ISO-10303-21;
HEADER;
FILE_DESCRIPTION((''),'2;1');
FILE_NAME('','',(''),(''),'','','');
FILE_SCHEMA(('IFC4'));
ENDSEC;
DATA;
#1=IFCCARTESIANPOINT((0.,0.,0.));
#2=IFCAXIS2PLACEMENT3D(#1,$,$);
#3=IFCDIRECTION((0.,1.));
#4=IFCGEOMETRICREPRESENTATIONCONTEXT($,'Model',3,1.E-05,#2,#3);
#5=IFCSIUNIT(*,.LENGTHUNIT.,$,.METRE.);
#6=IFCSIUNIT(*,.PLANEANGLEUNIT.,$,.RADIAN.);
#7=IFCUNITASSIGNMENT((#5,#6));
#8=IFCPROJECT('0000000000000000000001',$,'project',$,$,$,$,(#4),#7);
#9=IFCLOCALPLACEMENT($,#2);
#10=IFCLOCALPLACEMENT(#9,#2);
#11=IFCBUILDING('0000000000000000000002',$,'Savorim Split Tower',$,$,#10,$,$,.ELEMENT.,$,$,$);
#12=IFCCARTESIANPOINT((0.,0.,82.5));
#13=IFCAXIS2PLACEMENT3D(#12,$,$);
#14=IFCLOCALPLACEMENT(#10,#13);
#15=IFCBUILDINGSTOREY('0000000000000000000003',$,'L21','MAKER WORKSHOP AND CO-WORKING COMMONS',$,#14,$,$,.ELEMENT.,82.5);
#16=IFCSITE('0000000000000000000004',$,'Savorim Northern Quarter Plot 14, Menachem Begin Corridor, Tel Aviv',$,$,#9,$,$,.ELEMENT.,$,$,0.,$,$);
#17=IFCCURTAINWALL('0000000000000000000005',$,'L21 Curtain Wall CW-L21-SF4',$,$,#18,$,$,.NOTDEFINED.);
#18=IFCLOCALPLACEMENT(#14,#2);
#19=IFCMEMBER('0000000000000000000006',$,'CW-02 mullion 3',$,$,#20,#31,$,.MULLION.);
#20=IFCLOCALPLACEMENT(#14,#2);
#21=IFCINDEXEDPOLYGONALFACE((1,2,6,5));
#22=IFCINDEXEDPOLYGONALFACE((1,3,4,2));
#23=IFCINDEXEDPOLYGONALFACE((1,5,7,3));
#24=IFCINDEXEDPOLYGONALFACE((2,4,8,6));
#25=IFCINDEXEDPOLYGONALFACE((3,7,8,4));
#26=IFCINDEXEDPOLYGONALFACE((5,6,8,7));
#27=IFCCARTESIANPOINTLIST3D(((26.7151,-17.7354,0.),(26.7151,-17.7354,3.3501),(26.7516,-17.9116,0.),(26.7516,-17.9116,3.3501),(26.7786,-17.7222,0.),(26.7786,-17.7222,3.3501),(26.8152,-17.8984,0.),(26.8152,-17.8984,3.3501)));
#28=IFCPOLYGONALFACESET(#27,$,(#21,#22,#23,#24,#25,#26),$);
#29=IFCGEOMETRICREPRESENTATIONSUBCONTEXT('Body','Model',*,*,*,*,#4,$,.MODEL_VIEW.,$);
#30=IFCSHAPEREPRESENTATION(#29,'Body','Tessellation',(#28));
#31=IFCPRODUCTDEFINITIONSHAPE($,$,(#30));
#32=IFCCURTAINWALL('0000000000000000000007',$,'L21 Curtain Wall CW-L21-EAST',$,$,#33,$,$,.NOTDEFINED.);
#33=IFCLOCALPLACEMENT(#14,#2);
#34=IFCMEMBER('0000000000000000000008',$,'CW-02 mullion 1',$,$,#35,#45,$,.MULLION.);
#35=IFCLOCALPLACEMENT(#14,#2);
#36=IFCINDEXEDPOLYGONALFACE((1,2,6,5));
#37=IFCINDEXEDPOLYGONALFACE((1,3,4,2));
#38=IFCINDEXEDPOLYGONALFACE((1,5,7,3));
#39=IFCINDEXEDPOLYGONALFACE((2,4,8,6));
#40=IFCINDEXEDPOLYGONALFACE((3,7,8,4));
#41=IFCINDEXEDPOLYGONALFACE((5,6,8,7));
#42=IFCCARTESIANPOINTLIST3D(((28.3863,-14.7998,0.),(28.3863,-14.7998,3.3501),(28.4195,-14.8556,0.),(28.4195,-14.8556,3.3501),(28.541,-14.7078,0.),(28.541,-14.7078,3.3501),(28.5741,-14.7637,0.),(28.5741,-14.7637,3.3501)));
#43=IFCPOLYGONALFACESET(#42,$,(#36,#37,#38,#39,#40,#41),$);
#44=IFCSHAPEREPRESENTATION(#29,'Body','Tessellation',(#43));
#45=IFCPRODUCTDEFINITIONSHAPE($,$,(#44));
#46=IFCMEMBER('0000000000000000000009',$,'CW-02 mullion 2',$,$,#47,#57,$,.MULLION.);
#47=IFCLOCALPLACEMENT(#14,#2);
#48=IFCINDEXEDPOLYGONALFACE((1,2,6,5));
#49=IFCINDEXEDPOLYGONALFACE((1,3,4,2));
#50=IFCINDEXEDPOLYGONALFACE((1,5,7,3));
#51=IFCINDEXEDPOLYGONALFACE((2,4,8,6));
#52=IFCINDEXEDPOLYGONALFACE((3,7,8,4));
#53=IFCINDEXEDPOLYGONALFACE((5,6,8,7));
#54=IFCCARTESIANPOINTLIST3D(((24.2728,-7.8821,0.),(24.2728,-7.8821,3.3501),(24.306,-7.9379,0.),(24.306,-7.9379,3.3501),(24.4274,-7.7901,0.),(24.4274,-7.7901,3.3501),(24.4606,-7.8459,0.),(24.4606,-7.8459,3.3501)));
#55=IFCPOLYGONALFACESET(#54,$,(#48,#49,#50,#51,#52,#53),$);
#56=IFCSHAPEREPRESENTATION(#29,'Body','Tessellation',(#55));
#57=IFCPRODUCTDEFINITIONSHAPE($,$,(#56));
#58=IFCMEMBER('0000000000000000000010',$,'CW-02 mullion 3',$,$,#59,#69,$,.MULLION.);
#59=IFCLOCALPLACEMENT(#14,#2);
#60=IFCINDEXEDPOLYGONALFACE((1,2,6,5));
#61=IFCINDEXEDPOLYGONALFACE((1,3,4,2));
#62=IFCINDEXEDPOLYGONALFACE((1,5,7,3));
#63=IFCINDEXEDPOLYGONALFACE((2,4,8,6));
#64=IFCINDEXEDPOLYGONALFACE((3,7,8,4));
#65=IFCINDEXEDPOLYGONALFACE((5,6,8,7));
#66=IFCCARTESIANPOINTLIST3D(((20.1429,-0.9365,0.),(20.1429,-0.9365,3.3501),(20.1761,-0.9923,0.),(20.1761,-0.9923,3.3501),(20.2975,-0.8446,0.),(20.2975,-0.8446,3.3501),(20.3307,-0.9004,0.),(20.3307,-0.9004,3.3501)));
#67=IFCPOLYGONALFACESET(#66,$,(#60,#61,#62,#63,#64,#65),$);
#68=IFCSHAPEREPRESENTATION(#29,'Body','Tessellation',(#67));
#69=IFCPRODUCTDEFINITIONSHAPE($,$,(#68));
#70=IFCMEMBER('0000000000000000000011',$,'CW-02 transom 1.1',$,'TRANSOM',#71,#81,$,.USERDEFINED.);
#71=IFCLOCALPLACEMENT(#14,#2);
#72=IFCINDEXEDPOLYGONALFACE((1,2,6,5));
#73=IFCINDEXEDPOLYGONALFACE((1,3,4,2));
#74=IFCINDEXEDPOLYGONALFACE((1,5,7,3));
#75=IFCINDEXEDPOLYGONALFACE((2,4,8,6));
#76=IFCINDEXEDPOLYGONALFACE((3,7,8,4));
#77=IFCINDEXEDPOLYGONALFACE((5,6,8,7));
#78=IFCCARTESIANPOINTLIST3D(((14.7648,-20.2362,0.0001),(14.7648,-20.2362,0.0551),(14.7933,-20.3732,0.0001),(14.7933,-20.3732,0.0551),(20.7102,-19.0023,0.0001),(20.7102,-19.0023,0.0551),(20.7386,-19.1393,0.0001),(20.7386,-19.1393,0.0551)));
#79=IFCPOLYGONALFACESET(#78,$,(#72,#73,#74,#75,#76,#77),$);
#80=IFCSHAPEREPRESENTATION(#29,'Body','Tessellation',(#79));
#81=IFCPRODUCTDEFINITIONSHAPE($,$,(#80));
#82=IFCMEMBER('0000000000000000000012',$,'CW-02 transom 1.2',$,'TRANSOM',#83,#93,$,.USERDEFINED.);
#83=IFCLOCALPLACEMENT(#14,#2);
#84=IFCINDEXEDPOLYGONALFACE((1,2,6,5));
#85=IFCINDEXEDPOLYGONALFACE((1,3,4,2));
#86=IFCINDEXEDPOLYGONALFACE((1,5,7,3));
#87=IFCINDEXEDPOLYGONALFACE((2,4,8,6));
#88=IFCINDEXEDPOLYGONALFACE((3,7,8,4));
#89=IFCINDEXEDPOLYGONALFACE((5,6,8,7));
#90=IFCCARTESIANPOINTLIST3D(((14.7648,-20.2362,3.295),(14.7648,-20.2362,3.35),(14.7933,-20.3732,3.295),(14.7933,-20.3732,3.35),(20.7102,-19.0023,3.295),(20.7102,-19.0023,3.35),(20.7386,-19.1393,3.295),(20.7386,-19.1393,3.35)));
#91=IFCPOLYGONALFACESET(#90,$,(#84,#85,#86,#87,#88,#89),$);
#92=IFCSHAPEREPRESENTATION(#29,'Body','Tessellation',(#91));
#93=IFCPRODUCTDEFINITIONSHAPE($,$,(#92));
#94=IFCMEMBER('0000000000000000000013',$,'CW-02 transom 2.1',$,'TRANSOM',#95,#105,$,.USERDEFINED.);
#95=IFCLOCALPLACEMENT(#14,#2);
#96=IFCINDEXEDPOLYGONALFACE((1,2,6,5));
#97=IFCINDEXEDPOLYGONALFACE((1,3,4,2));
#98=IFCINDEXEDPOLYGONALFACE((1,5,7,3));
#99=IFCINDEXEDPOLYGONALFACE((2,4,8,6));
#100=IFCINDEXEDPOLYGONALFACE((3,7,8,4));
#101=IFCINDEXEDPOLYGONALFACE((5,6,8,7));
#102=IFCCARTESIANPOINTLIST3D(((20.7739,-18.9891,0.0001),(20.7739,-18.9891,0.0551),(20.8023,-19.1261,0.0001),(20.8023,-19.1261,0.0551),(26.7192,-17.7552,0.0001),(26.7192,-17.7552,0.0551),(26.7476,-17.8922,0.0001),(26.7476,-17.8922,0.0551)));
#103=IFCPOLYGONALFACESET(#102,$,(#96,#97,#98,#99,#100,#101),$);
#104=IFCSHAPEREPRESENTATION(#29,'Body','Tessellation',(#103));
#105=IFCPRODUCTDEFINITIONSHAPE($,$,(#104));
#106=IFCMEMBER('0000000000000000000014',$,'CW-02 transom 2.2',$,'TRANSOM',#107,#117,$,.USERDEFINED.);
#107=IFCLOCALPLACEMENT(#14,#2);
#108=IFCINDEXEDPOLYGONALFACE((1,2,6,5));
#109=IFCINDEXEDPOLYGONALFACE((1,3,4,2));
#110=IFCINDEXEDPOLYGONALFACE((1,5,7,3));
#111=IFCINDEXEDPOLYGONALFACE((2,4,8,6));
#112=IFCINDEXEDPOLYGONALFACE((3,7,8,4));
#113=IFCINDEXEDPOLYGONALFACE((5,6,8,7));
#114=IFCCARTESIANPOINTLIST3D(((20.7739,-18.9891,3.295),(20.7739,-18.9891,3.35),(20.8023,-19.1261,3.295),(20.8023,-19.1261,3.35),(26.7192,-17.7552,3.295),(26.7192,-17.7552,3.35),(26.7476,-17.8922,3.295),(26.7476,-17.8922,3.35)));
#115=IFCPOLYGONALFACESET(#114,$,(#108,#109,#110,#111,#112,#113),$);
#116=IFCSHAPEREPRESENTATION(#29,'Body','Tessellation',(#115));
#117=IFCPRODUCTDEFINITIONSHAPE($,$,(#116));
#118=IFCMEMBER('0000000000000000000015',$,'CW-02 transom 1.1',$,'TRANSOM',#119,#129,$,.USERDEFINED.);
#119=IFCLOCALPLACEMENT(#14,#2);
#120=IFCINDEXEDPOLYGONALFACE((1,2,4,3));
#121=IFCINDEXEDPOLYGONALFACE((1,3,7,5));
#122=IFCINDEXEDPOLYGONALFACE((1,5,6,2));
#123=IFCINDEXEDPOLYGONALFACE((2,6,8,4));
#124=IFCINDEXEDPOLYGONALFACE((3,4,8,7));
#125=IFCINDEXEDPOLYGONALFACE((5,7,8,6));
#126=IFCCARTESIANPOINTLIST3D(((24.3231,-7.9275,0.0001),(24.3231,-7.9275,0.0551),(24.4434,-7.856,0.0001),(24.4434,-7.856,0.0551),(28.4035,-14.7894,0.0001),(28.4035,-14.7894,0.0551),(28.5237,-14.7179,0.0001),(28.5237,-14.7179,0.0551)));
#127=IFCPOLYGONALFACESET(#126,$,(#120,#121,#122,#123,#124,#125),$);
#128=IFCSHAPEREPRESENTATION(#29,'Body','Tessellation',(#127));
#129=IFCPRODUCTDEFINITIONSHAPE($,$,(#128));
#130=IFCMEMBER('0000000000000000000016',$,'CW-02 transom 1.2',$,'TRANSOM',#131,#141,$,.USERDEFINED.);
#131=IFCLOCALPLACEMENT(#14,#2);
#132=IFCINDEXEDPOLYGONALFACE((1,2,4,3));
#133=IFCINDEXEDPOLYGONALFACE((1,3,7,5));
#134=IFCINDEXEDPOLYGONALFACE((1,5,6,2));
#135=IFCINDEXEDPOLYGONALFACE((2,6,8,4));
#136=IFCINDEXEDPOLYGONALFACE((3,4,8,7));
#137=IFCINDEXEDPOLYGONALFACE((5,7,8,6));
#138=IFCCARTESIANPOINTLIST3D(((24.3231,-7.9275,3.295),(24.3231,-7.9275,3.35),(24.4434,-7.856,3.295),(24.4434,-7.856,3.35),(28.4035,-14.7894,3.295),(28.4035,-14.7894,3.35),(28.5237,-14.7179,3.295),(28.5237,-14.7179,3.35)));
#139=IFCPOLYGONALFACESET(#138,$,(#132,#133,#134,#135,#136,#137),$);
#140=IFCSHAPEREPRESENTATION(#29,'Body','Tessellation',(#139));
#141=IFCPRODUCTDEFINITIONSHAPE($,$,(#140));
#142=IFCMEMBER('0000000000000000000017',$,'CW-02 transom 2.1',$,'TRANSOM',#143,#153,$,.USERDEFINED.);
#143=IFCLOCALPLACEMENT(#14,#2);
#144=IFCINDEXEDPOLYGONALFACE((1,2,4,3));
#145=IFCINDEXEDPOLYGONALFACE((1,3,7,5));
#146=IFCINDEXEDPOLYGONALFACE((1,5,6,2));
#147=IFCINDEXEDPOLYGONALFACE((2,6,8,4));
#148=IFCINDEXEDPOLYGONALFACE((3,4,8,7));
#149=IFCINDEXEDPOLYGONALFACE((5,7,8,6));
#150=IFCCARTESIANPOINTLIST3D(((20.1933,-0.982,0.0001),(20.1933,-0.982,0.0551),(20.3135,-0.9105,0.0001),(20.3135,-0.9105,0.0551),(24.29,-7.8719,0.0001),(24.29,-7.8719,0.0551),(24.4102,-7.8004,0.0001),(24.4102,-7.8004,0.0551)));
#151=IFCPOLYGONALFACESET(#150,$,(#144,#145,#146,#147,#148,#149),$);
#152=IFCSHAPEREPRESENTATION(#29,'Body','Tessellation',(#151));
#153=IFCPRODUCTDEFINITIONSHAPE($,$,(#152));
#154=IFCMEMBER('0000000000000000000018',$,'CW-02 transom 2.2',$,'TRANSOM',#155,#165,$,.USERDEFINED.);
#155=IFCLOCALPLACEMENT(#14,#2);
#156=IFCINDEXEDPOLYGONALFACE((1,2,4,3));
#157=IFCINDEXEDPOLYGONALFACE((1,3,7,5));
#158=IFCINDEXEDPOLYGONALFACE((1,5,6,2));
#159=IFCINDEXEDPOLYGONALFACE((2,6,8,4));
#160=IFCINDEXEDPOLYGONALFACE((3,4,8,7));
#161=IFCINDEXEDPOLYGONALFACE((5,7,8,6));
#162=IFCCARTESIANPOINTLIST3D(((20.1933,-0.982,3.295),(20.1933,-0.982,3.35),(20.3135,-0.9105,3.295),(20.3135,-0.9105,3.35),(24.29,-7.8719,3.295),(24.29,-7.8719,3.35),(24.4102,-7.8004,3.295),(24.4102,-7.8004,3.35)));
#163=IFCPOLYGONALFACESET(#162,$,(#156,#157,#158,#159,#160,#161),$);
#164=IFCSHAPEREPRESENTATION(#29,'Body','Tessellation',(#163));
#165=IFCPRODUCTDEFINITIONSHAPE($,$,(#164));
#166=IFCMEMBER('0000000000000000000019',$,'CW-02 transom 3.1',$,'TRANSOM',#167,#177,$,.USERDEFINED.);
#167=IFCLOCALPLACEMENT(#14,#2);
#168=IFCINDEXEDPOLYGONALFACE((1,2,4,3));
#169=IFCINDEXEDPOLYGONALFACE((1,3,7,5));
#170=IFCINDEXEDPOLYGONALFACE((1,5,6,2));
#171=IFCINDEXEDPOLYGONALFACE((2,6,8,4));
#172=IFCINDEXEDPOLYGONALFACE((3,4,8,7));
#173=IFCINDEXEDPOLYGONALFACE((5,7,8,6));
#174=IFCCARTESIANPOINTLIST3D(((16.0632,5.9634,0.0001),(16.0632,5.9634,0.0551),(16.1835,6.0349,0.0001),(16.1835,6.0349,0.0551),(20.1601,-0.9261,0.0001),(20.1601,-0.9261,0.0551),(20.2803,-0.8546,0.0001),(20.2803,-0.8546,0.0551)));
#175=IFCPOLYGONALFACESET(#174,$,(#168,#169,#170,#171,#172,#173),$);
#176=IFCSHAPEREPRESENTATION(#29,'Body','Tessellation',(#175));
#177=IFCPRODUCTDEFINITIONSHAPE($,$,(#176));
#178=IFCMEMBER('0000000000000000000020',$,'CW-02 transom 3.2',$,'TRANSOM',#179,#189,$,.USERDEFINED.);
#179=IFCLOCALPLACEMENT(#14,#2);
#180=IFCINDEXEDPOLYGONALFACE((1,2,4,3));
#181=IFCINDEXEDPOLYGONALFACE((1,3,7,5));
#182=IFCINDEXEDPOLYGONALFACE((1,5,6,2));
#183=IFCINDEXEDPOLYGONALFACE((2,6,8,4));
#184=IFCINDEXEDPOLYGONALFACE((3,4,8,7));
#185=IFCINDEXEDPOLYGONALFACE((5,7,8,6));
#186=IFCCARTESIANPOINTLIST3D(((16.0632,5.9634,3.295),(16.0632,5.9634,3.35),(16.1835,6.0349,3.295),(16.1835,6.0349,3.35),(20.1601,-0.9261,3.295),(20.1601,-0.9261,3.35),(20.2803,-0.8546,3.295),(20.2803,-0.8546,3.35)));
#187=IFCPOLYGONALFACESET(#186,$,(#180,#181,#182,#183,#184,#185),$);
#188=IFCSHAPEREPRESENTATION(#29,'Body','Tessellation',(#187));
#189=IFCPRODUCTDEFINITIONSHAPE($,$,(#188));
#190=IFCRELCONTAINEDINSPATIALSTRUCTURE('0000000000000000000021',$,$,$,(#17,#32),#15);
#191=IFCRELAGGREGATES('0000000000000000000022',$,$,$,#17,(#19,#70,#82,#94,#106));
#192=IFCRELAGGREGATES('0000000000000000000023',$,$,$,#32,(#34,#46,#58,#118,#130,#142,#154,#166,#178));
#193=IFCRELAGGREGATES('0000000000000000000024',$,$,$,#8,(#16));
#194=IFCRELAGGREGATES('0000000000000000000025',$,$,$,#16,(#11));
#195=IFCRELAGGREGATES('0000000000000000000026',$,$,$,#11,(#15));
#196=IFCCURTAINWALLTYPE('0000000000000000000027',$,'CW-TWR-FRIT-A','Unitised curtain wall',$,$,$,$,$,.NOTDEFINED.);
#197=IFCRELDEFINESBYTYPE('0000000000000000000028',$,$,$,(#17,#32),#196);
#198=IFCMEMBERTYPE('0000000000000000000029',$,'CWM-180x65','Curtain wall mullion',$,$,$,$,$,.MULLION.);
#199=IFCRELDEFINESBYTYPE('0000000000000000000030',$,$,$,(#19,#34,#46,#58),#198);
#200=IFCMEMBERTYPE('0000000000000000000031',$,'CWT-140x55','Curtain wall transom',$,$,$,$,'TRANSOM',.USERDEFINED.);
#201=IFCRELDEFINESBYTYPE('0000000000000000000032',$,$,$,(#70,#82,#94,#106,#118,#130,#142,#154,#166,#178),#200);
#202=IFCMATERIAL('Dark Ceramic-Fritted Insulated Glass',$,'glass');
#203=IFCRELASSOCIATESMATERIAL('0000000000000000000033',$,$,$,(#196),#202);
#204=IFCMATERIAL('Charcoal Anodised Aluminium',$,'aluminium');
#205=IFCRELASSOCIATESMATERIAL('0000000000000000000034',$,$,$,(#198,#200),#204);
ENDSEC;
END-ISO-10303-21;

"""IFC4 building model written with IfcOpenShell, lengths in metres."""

from ifc_helpers import new_model, si_unit, direction, frame, origin, origin_2d, place, context, subcontext, project, spatial, rectangle, extrude, material, material_profile, profile_set, type_object, element, aggregate, save


model = new_model("IFC4")

# Units and contexts
model_context = context("Model", 3, precision=1e-05, world=origin(), true_north=direction((0.0, 1.0)))
body_context = subcontext(model_context, "Body", "Model", "MODEL_VIEW")
ifc_project = project(units=[si_unit("LENGTHUNIT", "METRE"), si_unit("PLANEANGLEUNIT", "RADIAN")], contexts=[model_context])

# Site, building, storey
site_placement = place(None, origin())
site = spatial("IfcSite", under=ifc_project, at=site_placement, Name="Savorim Northern Quarter Plot 14, Menachem Begin Corridor, Tel Aviv", CompositionType="ELEMENT", RefElevation=0.0)
building_placement = place(site_placement, origin())
building = spatial("IfcBuilding", under=site, at=building_placement, Name="Savorim Split Tower", CompositionType="ELEMENT")
storey_placement = place(building_placement, frame((0.0, 0.0, 82.5)))
storey = spatial("IfcBuildingStorey", under=building, at=storey_placement, Name="L21", Description="MAKER WORKSHOP AND CO-WORKING COMMONS", CompositionType="ELEMENT", Elevation=82.5)

# Shared definitions
ifc_material_1 = material(Name="Dark Ceramic-Fritted Insulated Glass", Category="glass")
curtain_wall_type = type_object("IfcCurtainWallType", Name="CW-TWR-FRIT-A", Description="Unitised curtain wall", PredefinedType="NOTDEFINED", material=ifc_material_1)
ifc_material_2 = material(Name="Charcoal Anodised Aluminium", Category="aluminium")
ifc_material_profile_1 = material_profile(ifc_material_2, rectangle(XDim=0.1799, YDim=0.0649, at=origin_2d()), Name="ALU-M 180x65")
ifc_profile_set_1 = profile_set([ifc_material_profile_1], Name="Charcoal Anodised Aluminium")
member_type_1 = type_object("IfcMemberType", Name="CWM-180x65", Description="Curtain wall mullion", PredefinedType="MULLION", material=ifc_profile_set_1)

# Curtain walls, members
curtain_wall_1_placement = place(storey_placement, origin())
curtain_wall_1 = element("IfcCurtainWall", 1, at=curtain_wall_1_placement, inside=storey, type_object=curtain_wall_type, Name="L21 Curtain Wall CW-L21-SF4", PredefinedType="NOTDEFINED")
member_1_placement = place(storey_placement, frame((26.7651, -17.8169, 0.0), z_axis=(0.0, 0.0, 1.0), x_axis=(-0.20321, 0.979135, 0.0)))
member_1 = element("IfcMember", 2, at=member_1_placement, type_object=member_type_1, Name="CW-02 mullion 3", PredefinedType="MULLION", context=body_context, shape_type="SweptSolid", body=[
    extrude(rectangle(XDim=0.1799, YDim=0.0649, at=origin_2d()), origin(), (0.0, 0.0, 1.0), 3.3501),
])
curtain_wall_2_placement = place(storey_placement, origin())
curtain_wall_2 = element("IfcCurtainWall", 3, at=curtain_wall_2_placement, inside=storey, type_object=curtain_wall_type, Name="L21 Curtain Wall CW-L21-EAST", PredefinedType="NOTDEFINED")
member_2_placement = place(storey_placement, frame((28.4802, -14.7817, 0.0), z_axis=(0.0, 0.0, 1.0), x_axis=(-0.859525, -0.511094, 0.0)))
member_2 = element("IfcMember", 4, at=member_2_placement, type_object=member_type_1, Name="CW-02 mullion 1", PredefinedType="MULLION", context=body_context, shape_type="SweptSolid", body=[
    extrude(rectangle(XDim=0.1799, YDim=0.0649, at=origin_2d()), origin(), (0.0, 0.0, 1.0), 3.3501),
])
member_3_placement = place(storey_placement, frame((24.3667, -7.864, 0.0), z_axis=(0.0, 0.0, 1.0), x_axis=(-0.859525, -0.511094, 0.0)))
member_3 = element("IfcMember", 5, at=member_3_placement, type_object=member_type_1, Name="CW-02 mullion 2", PredefinedType="MULLION", context=body_context, shape_type="SweptSolid", body=[
    extrude(rectangle(XDim=0.1799, YDim=0.0649, at=origin_2d()), origin(), (0.0, 0.0, 1.0), 3.3501),
])
member_4_placement = place(storey_placement, frame((20.2368, -0.9185, 0.0), z_axis=(0.0, 0.0, 1.0), x_axis=(-0.859525, -0.511094, 0.0)))
member_4 = element("IfcMember", 6, at=member_4_placement, type_object=member_type_1, Name="CW-02 mullion 3", PredefinedType="MULLION", context=body_context, shape_type="SweptSolid", body=[
    extrude(rectangle(XDim=0.1799, YDim=0.0649, at=origin_2d()), origin(), (0.0, 0.0, 1.0), 3.3501),
])

# Members
ifc_material_profile_2 = material_profile(ifc_material_2, rectangle(XDim=0.1399, YDim=0.0549, at=origin_2d()), Name="ALU-T 140x55")
ifc_profile_set_2 = profile_set([ifc_material_profile_2], Name="Charcoal Anodised Aluminium")
member_type_2 = type_object("IfcMemberType", Name="CWT-140x55", Description="Curtain wall transom", ElementType="TRANSOM", PredefinedType="USERDEFINED", material=ifc_profile_set_2)
member_5_placement = place(storey_placement, frame((14.7791, -20.3047, 0.0276), z_axis=(0.979135, 0.203209, 0.0), x_axis=(-0.203209, 0.979135, 0.0)))
member_5 = element("IfcMember", 7, at=member_5_placement, type_object=member_type_2, Name="CW-02 transom 1.1", ObjectType="TRANSOM", PredefinedType="USERDEFINED", context=body_context, shape_type="SweptSolid", body=[
    extrude(rectangle(XDim=0.1399, YDim=0.0549, at=origin_2d()), origin(), (0.0, 0.0, 1.0), 6.072),
])
member_6_placement = place(storey_placement, frame((14.7791, -20.3047, 3.3225), z_axis=(0.979135, 0.203209, 0.0), x_axis=(-0.203209, 0.979135, 0.0)))
member_6 = element("IfcMember", 8, at=member_6_placement, type_object=member_type_2, Name="CW-02 transom 1.2", ObjectType="TRANSOM", PredefinedType="USERDEFINED", context=body_context, shape_type="SweptSolid", body=[
    extrude(rectangle(XDim=0.1399, YDim=0.0549, at=origin_2d()), origin(), (0.0, 0.0, 1.0), 6.072),
])
member_7_placement = place(storey_placement, frame((20.7881, -19.0576, 0.0276), z_axis=(0.979135, 0.203209, 0.0), x_axis=(-0.203209, 0.979135, 0.0)))
member_7 = element("IfcMember", 9, at=member_7_placement, type_object=member_type_2, Name="CW-02 transom 2.1", ObjectType="TRANSOM", PredefinedType="USERDEFINED", context=body_context, shape_type="SweptSolid", body=[
    extrude(rectangle(XDim=0.1399, YDim=0.0549, at=origin_2d()), origin(), (0.0, 0.0, 1.0), 6.072),
])
member_8_placement = place(storey_placement, frame((20.7881, -19.0576, 3.3225), z_axis=(0.979135, 0.203209, 0.0), x_axis=(-0.203209, 0.979135, 0.0)))
member_8 = element("IfcMember", 10, at=member_8_placement, type_object=member_type_2, Name="CW-02 transom 2.2", ObjectType="TRANSOM", PredefinedType="USERDEFINED", context=body_context, shape_type="SweptSolid", body=[
    extrude(rectangle(XDim=0.1399, YDim=0.0549, at=origin_2d()), origin(), (0.0, 0.0, 1.0), 6.072),
])
member_9_placement = place(storey_placement, frame((28.4636, -14.7537, 0.0276), z_axis=(-0.511105, 0.859518, 0.0), x_axis=(-0.859518, -0.511105, 0.0)))
member_9 = element("IfcMember", 11, at=member_9_placement, type_object=member_type_2, Name="CW-02 transom 1.1", ObjectType="TRANSOM", PredefinedType="USERDEFINED", context=body_context, shape_type="SweptSolid", body=[
    extrude(rectangle(XDim=0.1399, YDim=0.0549, at=origin_2d()), origin(), (0.0, 0.0, 1.0), 7.9834),
])
member_10_placement = place(storey_placement, frame((28.4636, -14.7537, 3.3225), z_axis=(-0.511105, 0.859518, 0.0), x_axis=(-0.859518, -0.511105, 0.0)))
member_10 = element("IfcMember", 12, at=member_10_placement, type_object=member_type_2, Name="CW-02 transom 1.2", ObjectType="TRANSOM", PredefinedType="USERDEFINED", context=body_context, shape_type="SweptSolid", body=[
    extrude(rectangle(XDim=0.1399, YDim=0.0549, at=origin_2d()), origin(), (0.0, 0.0, 1.0), 7.9834),
])
member_11_placement = place(storey_placement, frame((24.3501, -7.8362, 0.0276), z_axis=(-0.511074, 0.859537, 0.0), x_axis=(-0.859537, -0.511074, 0.0)))
member_11 = element("IfcMember", 13, at=member_11_placement, type_object=member_type_2, Name="CW-02 transom 2.1", ObjectType="TRANSOM", PredefinedType="USERDEFINED", context=body_context, shape_type="SweptSolid", body=[
    extrude(rectangle(XDim=0.1399, YDim=0.0549, at=origin_2d()), origin(), (0.0, 0.0, 1.0), 8.0159),
])
member_12_placement = place(storey_placement, frame((24.3501, -7.8362, 3.3225), z_axis=(-0.511074, 0.859537, 0.0), x_axis=(-0.859537, -0.511074, 0.0)))
member_12 = element("IfcMember", 14, at=member_12_placement, type_object=member_type_2, Name="CW-02 transom 2.2", ObjectType="TRANSOM", PredefinedType="USERDEFINED", context=body_context, shape_type="SweptSolid", body=[
    extrude(rectangle(XDim=0.1399, YDim=0.0549, at=origin_2d()), origin(), (0.0, 0.0, 1.0), 8.0159),
])
member_13_placement = place(storey_placement, frame((20.2202, -0.8904, 0.0276), z_axis=(-0.51111, 0.859515, 0.0), x_axis=(-0.859515, -0.51111, 0.0)))
member_13 = element("IfcMember", 15, at=member_13_placement, type_object=member_type_2, Name="CW-02 transom 3.1", ObjectType="TRANSOM", PredefinedType="USERDEFINED", context=body_context, shape_type="SweptSolid", body=[
    extrude(rectangle(XDim=0.1399, YDim=0.0549, at=origin_2d()), origin(), (0.0, 0.0, 1.0), 8.0156),
])
member_14_placement = place(storey_placement, frame((20.2202, -0.8904, 3.3225), z_axis=(-0.51111, 0.859515, 0.0), x_axis=(-0.859515, -0.51111, 0.0)))
member_14 = element("IfcMember", 16, at=member_14_placement, type_object=member_type_2, Name="CW-02 transom 3.2", ObjectType="TRANSOM", PredefinedType="USERDEFINED", context=body_context, shape_type="SweptSolid", body=[
    extrude(rectangle(XDim=0.1399, YDim=0.0549, at=origin_2d()), origin(), (0.0, 0.0, 1.0), 8.0156),
])

aggregate(curtain_wall_1, [member_1, member_5, member_6, member_7, member_8])
aggregate(curtain_wall_2, [member_2, member_3, member_4, member_9, member_10, member_11, member_12, member_13, member_14])

save(model, "model.ifc")
